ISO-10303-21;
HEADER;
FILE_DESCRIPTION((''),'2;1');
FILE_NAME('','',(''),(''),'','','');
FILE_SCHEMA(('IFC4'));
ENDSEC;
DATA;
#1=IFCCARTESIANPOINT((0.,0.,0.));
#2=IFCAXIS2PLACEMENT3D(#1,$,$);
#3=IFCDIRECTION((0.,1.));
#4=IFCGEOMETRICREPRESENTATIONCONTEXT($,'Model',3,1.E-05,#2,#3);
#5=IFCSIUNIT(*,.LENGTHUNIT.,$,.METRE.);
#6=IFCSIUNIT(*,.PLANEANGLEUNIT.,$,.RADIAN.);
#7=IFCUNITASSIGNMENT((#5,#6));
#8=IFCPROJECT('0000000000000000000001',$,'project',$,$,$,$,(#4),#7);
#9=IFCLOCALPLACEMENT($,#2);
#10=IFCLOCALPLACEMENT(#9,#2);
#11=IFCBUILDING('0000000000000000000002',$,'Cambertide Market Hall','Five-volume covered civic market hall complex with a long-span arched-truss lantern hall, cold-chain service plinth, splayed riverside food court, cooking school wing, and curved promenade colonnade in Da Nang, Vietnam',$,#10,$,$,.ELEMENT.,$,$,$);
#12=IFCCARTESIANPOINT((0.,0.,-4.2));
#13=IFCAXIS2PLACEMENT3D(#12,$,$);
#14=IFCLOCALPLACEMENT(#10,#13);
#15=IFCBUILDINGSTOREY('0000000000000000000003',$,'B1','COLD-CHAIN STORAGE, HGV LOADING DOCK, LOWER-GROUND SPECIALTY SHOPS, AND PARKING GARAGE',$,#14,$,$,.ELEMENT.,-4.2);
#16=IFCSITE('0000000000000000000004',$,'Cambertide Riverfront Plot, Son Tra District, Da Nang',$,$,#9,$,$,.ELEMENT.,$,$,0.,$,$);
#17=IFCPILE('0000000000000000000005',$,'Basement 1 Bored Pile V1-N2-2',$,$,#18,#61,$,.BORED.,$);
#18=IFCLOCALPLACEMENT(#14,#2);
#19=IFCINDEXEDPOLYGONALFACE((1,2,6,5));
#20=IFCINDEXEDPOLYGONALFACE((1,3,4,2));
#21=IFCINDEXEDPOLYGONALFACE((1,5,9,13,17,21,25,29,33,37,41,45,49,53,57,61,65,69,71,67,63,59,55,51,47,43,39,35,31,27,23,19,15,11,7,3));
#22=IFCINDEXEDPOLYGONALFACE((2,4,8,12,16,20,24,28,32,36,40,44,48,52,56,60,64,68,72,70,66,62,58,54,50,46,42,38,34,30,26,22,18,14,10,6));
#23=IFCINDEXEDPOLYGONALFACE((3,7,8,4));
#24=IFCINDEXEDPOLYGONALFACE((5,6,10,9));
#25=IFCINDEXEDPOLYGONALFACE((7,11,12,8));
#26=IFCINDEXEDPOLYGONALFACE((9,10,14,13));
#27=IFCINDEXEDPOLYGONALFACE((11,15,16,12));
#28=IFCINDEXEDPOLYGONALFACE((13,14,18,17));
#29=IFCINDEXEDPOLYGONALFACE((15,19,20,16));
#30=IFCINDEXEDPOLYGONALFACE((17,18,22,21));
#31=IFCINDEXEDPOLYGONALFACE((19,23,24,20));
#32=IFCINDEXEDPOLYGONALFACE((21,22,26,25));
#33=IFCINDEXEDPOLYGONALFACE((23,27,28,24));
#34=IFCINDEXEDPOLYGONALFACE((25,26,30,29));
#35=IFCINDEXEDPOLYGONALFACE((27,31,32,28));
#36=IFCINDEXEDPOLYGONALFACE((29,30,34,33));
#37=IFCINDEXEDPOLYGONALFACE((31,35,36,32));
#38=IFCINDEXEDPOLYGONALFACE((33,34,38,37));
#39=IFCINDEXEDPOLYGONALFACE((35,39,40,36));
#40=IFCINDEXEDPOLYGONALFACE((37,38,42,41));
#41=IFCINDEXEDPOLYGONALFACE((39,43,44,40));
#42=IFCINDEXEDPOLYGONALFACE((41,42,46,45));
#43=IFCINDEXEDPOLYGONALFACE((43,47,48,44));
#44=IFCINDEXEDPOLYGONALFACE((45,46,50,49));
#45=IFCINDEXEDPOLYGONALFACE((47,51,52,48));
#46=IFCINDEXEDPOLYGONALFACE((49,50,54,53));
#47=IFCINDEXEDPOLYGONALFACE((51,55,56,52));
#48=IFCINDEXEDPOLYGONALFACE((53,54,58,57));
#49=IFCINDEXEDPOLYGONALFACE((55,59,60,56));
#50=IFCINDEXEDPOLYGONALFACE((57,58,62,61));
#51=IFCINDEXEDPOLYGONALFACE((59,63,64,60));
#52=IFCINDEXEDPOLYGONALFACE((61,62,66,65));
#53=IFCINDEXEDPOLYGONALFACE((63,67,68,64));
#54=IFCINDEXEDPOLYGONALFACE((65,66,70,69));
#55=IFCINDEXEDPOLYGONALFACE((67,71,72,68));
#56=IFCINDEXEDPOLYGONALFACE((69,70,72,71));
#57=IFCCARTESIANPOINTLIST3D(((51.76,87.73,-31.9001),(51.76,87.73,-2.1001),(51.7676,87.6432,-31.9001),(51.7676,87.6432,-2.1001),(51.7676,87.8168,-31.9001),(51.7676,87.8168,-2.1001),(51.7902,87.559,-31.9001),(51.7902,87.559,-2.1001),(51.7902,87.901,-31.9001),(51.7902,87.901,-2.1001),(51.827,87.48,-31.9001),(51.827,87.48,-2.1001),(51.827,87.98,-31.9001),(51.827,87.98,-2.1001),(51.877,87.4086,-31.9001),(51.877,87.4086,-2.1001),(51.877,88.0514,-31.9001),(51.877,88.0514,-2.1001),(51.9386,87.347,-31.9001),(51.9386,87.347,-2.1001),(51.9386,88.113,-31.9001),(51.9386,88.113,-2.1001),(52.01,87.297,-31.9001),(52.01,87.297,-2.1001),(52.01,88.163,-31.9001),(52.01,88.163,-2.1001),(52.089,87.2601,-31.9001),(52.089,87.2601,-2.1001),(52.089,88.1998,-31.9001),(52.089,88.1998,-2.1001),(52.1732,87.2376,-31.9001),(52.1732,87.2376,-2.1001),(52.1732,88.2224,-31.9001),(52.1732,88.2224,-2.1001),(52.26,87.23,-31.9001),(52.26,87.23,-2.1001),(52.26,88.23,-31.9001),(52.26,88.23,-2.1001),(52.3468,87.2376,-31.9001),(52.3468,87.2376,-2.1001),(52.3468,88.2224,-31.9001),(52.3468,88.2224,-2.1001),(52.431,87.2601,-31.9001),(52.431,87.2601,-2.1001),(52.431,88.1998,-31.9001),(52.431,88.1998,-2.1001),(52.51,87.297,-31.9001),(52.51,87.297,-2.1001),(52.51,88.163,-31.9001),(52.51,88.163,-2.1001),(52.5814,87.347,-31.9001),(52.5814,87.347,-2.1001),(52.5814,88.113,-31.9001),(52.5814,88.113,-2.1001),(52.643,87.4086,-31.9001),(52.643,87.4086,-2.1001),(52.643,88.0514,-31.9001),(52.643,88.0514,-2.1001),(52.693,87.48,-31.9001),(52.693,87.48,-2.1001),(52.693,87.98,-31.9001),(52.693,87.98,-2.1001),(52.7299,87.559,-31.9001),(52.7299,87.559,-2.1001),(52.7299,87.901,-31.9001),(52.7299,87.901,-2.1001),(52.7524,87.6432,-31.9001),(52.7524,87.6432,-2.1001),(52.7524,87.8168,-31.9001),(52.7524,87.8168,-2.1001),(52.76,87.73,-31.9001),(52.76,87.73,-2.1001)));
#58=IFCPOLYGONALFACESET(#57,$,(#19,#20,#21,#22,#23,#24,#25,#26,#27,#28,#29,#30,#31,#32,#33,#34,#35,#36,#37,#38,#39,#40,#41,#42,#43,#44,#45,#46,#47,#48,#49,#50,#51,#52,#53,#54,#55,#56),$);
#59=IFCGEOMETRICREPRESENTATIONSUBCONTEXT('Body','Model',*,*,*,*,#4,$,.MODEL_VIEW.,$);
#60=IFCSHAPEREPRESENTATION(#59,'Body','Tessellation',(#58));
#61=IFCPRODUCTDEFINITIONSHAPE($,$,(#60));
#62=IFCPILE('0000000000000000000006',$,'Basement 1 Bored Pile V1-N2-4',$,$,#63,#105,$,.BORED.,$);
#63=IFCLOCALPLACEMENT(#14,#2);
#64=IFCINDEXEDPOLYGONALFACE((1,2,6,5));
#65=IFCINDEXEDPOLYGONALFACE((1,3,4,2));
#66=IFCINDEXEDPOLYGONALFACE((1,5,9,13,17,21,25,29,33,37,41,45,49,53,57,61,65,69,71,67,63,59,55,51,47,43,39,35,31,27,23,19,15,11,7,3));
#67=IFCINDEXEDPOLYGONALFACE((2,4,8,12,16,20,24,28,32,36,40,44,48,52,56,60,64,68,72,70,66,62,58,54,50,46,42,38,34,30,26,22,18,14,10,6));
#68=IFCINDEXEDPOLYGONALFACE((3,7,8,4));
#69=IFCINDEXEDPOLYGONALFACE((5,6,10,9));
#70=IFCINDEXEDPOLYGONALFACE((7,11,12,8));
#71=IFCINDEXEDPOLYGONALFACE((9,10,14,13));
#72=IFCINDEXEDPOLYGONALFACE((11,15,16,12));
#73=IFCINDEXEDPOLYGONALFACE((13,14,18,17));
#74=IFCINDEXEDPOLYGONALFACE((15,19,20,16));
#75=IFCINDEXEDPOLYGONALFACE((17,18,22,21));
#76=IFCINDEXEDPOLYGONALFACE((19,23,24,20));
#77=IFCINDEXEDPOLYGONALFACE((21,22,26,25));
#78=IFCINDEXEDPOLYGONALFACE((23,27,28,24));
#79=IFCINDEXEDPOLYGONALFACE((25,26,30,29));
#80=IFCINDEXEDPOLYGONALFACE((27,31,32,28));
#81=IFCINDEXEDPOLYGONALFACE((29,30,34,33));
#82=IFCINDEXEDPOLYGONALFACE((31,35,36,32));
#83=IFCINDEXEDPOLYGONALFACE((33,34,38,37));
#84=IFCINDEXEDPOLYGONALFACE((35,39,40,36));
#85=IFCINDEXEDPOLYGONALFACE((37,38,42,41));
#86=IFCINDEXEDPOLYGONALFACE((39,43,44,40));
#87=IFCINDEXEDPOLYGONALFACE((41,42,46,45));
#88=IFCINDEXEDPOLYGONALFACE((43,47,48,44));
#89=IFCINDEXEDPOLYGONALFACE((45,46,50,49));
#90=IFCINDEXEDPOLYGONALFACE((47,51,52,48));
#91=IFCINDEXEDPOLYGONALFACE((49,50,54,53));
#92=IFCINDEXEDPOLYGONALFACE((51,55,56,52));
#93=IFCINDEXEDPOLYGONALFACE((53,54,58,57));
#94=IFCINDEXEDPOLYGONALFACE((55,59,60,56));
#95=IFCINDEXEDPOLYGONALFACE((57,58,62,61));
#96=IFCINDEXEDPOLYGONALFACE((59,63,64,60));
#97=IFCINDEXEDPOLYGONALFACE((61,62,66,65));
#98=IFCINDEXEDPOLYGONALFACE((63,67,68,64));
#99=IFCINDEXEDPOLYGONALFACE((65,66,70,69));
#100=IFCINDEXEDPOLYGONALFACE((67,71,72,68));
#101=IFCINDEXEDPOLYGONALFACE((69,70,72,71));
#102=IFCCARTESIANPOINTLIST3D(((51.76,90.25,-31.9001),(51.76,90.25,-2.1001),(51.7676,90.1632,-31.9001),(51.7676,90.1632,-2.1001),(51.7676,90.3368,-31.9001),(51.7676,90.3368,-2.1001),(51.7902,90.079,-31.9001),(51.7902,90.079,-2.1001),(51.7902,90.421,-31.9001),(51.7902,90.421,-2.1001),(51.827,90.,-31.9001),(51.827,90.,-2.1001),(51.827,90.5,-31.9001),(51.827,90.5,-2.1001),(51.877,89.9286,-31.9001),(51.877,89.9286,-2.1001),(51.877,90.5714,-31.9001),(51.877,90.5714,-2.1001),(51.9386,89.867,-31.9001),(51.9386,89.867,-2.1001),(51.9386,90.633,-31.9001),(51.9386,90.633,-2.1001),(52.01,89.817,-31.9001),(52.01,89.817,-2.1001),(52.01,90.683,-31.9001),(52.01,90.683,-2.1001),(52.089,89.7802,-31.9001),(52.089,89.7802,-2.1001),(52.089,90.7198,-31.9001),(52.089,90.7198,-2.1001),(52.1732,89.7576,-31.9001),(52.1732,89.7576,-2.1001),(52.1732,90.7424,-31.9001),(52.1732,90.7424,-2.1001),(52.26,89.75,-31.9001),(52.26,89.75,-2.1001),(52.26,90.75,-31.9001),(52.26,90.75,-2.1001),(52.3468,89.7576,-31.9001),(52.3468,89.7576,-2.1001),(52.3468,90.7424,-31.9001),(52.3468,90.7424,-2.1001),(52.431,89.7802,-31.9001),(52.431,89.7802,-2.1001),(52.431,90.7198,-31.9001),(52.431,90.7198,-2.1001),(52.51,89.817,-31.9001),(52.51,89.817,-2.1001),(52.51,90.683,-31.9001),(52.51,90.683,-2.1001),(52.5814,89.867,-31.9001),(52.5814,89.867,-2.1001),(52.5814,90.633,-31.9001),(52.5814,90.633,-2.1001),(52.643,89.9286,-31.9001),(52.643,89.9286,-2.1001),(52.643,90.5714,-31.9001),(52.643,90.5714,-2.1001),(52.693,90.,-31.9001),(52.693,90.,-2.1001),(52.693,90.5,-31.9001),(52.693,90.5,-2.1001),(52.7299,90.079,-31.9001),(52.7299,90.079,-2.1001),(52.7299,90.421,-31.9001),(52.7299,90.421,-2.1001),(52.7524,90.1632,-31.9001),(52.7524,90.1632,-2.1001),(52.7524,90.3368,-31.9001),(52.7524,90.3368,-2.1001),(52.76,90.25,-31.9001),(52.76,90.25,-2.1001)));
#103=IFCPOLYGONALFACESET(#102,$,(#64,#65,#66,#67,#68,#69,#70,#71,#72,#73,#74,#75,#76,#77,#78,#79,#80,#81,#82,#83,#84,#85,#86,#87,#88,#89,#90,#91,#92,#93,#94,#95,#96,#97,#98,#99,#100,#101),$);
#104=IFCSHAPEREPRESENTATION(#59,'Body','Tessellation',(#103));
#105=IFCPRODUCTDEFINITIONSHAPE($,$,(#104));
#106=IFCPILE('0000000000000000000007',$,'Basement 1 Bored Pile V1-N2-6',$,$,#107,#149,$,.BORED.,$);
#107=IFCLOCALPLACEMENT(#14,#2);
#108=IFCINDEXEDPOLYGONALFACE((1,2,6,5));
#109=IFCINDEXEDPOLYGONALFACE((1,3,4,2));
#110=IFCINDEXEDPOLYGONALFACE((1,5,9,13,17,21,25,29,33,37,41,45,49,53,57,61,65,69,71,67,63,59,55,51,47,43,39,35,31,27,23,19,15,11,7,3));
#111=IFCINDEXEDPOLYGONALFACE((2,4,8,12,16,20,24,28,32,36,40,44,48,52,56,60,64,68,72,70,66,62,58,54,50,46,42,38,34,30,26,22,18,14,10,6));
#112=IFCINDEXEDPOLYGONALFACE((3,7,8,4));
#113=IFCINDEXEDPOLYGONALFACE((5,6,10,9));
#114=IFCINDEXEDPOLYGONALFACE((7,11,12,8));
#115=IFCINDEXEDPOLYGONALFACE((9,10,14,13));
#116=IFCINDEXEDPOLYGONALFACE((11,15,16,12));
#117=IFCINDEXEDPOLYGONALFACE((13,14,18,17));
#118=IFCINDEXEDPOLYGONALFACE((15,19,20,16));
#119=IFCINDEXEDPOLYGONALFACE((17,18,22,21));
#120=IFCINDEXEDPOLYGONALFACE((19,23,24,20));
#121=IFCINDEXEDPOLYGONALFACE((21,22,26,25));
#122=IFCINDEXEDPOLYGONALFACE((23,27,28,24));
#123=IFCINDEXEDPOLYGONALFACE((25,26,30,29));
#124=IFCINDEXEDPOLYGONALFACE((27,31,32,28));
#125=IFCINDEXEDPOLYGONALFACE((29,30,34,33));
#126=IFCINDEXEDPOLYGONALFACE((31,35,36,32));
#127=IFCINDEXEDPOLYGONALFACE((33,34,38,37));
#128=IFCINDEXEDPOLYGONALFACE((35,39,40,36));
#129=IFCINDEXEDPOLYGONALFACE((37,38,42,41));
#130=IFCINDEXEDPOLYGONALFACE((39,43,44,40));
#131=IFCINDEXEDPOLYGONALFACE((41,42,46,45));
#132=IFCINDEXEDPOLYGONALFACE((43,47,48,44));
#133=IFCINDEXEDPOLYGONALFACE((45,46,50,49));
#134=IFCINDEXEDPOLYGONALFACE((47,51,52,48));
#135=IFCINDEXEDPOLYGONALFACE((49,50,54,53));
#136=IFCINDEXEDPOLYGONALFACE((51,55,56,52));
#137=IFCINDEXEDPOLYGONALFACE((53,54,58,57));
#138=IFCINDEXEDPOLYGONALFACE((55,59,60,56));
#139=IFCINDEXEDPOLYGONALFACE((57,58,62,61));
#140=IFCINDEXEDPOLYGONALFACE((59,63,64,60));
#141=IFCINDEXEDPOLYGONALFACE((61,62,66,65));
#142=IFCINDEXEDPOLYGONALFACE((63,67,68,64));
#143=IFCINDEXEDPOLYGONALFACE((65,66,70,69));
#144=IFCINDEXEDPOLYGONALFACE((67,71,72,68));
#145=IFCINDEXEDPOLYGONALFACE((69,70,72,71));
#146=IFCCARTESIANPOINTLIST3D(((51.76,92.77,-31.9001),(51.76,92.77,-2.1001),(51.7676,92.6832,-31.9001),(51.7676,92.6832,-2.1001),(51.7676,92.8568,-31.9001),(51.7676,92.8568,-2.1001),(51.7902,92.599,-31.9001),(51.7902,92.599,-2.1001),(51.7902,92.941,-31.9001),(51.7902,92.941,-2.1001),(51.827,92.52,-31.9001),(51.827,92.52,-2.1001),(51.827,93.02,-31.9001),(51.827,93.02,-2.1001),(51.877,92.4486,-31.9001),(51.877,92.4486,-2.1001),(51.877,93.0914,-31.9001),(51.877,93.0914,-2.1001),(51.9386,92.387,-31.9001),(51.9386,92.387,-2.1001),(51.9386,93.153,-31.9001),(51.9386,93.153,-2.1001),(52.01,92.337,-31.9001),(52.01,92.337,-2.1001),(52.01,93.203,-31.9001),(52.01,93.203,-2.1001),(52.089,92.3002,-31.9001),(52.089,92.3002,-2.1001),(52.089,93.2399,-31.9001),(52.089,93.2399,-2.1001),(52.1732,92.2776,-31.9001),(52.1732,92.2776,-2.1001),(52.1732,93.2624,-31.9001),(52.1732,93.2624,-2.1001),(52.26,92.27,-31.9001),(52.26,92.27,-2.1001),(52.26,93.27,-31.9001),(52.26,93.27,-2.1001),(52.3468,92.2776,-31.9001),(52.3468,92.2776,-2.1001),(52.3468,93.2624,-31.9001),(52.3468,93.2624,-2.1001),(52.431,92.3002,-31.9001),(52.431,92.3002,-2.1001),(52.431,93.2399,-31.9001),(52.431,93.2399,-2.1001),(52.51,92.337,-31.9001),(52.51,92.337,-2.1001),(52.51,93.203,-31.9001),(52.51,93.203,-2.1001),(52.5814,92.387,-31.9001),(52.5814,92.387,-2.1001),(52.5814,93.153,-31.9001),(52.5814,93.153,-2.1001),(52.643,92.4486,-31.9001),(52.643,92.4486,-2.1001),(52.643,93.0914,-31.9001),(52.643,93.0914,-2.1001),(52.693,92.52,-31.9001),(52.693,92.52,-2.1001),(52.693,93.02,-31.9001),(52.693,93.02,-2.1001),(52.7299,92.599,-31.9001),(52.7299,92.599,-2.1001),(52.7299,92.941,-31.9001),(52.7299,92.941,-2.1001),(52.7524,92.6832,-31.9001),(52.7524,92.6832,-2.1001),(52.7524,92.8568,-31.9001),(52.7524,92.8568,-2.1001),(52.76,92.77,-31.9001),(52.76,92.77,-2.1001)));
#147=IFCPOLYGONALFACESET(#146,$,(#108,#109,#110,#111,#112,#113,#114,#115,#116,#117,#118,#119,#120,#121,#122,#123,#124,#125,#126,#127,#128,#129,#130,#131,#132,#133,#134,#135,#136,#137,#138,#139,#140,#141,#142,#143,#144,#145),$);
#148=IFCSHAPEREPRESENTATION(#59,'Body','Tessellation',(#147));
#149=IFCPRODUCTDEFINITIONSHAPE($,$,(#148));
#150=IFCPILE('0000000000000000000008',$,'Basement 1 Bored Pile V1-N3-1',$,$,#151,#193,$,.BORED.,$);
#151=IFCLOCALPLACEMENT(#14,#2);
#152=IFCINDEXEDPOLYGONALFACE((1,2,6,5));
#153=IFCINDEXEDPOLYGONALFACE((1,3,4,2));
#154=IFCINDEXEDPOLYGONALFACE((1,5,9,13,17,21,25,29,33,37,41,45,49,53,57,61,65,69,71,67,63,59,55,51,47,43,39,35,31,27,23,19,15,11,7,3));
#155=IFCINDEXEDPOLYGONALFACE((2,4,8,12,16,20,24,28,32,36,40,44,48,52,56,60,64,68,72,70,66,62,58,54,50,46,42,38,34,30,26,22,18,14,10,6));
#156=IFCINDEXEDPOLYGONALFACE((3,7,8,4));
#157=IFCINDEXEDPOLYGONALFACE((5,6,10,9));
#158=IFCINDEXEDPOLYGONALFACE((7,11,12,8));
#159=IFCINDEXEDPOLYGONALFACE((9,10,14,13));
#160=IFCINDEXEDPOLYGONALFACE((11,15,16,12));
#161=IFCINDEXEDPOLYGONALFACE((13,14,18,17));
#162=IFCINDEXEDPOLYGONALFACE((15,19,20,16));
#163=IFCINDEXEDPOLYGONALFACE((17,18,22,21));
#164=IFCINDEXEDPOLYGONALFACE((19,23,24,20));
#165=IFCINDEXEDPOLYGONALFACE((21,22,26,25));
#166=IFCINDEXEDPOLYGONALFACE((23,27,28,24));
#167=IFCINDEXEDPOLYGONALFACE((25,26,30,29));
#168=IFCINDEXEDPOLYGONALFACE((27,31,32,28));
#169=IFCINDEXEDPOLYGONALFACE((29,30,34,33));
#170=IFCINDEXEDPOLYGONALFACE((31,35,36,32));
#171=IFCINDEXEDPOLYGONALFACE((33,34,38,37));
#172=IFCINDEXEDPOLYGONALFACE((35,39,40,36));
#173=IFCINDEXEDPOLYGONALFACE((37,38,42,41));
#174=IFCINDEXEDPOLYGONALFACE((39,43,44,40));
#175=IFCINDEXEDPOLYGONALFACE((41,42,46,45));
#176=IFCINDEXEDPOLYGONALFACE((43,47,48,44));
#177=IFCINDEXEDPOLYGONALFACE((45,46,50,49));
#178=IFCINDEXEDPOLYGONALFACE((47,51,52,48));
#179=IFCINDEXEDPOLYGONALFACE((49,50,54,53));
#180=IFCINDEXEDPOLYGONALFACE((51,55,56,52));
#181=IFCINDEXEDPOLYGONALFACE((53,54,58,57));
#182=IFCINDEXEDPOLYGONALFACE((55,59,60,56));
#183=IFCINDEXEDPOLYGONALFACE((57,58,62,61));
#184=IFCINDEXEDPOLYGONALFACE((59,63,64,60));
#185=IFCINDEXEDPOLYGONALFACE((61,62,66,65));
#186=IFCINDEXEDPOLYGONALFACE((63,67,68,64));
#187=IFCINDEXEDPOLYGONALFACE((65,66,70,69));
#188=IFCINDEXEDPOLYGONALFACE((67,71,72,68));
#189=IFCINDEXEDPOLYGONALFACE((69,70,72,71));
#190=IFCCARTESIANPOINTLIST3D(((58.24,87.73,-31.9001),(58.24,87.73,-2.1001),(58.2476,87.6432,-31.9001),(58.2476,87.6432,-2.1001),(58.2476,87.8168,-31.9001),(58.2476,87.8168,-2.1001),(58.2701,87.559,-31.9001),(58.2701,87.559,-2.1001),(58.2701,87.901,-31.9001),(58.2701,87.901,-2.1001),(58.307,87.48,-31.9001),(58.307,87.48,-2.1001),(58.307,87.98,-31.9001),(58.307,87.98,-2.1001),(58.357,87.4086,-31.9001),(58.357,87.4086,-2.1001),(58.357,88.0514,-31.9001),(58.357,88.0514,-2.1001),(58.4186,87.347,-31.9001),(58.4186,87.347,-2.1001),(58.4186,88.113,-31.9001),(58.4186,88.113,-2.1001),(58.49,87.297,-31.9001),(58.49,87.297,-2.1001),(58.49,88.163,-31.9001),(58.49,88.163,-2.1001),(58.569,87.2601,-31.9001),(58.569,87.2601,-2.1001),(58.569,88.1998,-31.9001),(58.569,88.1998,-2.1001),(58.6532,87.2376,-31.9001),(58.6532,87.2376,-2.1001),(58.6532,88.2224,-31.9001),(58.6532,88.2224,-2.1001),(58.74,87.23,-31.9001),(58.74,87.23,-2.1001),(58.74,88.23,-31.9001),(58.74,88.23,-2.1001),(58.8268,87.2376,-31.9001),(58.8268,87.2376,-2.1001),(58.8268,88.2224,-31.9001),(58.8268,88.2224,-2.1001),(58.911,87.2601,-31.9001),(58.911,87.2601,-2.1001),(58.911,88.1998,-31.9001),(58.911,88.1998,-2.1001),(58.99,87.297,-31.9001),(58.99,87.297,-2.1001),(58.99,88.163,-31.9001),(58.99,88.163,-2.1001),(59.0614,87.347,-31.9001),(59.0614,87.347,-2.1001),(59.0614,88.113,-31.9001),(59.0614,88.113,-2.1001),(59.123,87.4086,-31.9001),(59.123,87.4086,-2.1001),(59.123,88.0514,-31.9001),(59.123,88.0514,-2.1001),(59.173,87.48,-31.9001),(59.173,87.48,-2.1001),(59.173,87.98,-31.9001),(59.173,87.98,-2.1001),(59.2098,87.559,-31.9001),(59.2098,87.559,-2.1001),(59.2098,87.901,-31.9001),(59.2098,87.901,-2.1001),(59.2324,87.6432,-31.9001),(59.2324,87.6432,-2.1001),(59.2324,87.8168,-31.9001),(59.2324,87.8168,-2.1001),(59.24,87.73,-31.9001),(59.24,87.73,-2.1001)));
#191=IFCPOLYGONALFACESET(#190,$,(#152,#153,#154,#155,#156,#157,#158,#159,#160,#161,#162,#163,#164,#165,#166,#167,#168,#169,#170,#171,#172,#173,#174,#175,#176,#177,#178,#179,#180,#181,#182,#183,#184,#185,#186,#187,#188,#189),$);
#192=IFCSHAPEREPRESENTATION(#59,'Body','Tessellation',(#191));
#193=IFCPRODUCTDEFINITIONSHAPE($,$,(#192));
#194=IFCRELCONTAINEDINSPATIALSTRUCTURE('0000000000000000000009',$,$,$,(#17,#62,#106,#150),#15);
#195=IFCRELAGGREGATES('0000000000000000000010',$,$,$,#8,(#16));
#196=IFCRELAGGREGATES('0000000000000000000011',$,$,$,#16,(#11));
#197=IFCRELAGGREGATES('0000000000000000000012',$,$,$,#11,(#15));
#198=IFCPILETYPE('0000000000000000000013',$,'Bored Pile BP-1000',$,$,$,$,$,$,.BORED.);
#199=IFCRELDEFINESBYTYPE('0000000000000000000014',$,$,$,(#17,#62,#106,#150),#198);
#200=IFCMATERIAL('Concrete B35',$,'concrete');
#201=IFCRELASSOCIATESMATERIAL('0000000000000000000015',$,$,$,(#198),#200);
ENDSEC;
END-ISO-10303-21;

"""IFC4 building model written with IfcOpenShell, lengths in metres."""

from ifc_helpers import new_model, si_unit, direction, frame, origin, origin_2d, place, context, subcontext, project, spatial, circle, extrude, material, material_profile, profile_set, type_object, element, save


model = new_model("IFC4")

# Units and contexts
model_context = context("Model", 3, precision=1e-05, world=origin(), true_north=direction((0.0, 1.0)))
body_context = subcontext(model_context, "Body", "Model", "MODEL_VIEW")
ifc_project = project(units=[si_unit("LENGTHUNIT", "METRE"), si_unit("PLANEANGLEUNIT", "RADIAN")], contexts=[model_context])

# Site, building, storey
site_placement = place(None, origin())
site = spatial("IfcSite", under=ifc_project, at=site_placement, Name="Cambertide Riverfront Plot, Son Tra District, Da Nang", CompositionType="ELEMENT", RefElevation=0.0)
building_placement = place(site_placement, origin())
building = spatial("IfcBuilding", under=site, at=building_placement, Name="Cambertide Market Hall", Description="Five-volume covered civic market hall complex with a long-span arched-truss lantern hall, cold-chain service plinth, splayed riverside food court, cooking school wing, and curved promenade colonnade in Da Nang, Vietnam", CompositionType="ELEMENT")
storey_placement = place(building_placement, frame((0.0, 0.0, -4.2)))
storey = spatial("IfcBuildingStorey", under=building, at=storey_placement, Name="B1", Description="COLD-CHAIN STORAGE, HGV LOADING DOCK, LOWER-GROUND SPECIALTY SHOPS, AND PARKING GARAGE", CompositionType="ELEMENT", Elevation=-4.2)

# Piles
ifc_material_1 = material(Name="Concrete B35", Category="concrete")
ifc_material_profile_1 = material_profile(ifc_material_1, circle(Radius=0.5, at=origin_2d()), Name="BP D1000")
ifc_profile_set_1 = profile_set([ifc_material_profile_1], Name="Concrete B35")
pile_type_1 = type_object("IfcPileType", Name="Bored Pile BP-1000", PredefinedType="BORED", material=ifc_profile_set_1)
for number, where, z_axis, x_axis, name in (
    (1, (52.26, 87.73, -2.1001), (0.0, 0.0, -1.0), (1.0, 0.0, 0.0), "Basement 1 Bored Pile V1-N2-2"),
    (2, (52.26, 90.25, -2.1001), (0.0, 0.0, -1.0), (1.0, 0.0, 0.0), "Basement 1 Bored Pile V1-N2-4"),
    (3, (52.26, 92.77, -2.1001), (0.0, 0.0, -1.0), (1.0, 0.0, 0.0), "Basement 1 Bored Pile V1-N2-6"),
    (4, (58.74, 87.73, -2.1001), (0.0, 0.0, -1.0), (1.0, 0.0, 0.0), "Basement 1 Bored Pile V1-N3-1"),
):
    element("IfcPile", number, at=place(storey_placement, frame(where, z_axis=z_axis, x_axis=x_axis)), inside=storey, type_object=pile_type_1, Name=name, PredefinedType="BORED", context=body_context, shape_type="SweptSolid", body=[
        extrude(circle(Radius=0.5, at=origin_2d()), origin(), (0.0, 0.0, 1.0), 29.8),
    ])

save(model, "model.ifc")
